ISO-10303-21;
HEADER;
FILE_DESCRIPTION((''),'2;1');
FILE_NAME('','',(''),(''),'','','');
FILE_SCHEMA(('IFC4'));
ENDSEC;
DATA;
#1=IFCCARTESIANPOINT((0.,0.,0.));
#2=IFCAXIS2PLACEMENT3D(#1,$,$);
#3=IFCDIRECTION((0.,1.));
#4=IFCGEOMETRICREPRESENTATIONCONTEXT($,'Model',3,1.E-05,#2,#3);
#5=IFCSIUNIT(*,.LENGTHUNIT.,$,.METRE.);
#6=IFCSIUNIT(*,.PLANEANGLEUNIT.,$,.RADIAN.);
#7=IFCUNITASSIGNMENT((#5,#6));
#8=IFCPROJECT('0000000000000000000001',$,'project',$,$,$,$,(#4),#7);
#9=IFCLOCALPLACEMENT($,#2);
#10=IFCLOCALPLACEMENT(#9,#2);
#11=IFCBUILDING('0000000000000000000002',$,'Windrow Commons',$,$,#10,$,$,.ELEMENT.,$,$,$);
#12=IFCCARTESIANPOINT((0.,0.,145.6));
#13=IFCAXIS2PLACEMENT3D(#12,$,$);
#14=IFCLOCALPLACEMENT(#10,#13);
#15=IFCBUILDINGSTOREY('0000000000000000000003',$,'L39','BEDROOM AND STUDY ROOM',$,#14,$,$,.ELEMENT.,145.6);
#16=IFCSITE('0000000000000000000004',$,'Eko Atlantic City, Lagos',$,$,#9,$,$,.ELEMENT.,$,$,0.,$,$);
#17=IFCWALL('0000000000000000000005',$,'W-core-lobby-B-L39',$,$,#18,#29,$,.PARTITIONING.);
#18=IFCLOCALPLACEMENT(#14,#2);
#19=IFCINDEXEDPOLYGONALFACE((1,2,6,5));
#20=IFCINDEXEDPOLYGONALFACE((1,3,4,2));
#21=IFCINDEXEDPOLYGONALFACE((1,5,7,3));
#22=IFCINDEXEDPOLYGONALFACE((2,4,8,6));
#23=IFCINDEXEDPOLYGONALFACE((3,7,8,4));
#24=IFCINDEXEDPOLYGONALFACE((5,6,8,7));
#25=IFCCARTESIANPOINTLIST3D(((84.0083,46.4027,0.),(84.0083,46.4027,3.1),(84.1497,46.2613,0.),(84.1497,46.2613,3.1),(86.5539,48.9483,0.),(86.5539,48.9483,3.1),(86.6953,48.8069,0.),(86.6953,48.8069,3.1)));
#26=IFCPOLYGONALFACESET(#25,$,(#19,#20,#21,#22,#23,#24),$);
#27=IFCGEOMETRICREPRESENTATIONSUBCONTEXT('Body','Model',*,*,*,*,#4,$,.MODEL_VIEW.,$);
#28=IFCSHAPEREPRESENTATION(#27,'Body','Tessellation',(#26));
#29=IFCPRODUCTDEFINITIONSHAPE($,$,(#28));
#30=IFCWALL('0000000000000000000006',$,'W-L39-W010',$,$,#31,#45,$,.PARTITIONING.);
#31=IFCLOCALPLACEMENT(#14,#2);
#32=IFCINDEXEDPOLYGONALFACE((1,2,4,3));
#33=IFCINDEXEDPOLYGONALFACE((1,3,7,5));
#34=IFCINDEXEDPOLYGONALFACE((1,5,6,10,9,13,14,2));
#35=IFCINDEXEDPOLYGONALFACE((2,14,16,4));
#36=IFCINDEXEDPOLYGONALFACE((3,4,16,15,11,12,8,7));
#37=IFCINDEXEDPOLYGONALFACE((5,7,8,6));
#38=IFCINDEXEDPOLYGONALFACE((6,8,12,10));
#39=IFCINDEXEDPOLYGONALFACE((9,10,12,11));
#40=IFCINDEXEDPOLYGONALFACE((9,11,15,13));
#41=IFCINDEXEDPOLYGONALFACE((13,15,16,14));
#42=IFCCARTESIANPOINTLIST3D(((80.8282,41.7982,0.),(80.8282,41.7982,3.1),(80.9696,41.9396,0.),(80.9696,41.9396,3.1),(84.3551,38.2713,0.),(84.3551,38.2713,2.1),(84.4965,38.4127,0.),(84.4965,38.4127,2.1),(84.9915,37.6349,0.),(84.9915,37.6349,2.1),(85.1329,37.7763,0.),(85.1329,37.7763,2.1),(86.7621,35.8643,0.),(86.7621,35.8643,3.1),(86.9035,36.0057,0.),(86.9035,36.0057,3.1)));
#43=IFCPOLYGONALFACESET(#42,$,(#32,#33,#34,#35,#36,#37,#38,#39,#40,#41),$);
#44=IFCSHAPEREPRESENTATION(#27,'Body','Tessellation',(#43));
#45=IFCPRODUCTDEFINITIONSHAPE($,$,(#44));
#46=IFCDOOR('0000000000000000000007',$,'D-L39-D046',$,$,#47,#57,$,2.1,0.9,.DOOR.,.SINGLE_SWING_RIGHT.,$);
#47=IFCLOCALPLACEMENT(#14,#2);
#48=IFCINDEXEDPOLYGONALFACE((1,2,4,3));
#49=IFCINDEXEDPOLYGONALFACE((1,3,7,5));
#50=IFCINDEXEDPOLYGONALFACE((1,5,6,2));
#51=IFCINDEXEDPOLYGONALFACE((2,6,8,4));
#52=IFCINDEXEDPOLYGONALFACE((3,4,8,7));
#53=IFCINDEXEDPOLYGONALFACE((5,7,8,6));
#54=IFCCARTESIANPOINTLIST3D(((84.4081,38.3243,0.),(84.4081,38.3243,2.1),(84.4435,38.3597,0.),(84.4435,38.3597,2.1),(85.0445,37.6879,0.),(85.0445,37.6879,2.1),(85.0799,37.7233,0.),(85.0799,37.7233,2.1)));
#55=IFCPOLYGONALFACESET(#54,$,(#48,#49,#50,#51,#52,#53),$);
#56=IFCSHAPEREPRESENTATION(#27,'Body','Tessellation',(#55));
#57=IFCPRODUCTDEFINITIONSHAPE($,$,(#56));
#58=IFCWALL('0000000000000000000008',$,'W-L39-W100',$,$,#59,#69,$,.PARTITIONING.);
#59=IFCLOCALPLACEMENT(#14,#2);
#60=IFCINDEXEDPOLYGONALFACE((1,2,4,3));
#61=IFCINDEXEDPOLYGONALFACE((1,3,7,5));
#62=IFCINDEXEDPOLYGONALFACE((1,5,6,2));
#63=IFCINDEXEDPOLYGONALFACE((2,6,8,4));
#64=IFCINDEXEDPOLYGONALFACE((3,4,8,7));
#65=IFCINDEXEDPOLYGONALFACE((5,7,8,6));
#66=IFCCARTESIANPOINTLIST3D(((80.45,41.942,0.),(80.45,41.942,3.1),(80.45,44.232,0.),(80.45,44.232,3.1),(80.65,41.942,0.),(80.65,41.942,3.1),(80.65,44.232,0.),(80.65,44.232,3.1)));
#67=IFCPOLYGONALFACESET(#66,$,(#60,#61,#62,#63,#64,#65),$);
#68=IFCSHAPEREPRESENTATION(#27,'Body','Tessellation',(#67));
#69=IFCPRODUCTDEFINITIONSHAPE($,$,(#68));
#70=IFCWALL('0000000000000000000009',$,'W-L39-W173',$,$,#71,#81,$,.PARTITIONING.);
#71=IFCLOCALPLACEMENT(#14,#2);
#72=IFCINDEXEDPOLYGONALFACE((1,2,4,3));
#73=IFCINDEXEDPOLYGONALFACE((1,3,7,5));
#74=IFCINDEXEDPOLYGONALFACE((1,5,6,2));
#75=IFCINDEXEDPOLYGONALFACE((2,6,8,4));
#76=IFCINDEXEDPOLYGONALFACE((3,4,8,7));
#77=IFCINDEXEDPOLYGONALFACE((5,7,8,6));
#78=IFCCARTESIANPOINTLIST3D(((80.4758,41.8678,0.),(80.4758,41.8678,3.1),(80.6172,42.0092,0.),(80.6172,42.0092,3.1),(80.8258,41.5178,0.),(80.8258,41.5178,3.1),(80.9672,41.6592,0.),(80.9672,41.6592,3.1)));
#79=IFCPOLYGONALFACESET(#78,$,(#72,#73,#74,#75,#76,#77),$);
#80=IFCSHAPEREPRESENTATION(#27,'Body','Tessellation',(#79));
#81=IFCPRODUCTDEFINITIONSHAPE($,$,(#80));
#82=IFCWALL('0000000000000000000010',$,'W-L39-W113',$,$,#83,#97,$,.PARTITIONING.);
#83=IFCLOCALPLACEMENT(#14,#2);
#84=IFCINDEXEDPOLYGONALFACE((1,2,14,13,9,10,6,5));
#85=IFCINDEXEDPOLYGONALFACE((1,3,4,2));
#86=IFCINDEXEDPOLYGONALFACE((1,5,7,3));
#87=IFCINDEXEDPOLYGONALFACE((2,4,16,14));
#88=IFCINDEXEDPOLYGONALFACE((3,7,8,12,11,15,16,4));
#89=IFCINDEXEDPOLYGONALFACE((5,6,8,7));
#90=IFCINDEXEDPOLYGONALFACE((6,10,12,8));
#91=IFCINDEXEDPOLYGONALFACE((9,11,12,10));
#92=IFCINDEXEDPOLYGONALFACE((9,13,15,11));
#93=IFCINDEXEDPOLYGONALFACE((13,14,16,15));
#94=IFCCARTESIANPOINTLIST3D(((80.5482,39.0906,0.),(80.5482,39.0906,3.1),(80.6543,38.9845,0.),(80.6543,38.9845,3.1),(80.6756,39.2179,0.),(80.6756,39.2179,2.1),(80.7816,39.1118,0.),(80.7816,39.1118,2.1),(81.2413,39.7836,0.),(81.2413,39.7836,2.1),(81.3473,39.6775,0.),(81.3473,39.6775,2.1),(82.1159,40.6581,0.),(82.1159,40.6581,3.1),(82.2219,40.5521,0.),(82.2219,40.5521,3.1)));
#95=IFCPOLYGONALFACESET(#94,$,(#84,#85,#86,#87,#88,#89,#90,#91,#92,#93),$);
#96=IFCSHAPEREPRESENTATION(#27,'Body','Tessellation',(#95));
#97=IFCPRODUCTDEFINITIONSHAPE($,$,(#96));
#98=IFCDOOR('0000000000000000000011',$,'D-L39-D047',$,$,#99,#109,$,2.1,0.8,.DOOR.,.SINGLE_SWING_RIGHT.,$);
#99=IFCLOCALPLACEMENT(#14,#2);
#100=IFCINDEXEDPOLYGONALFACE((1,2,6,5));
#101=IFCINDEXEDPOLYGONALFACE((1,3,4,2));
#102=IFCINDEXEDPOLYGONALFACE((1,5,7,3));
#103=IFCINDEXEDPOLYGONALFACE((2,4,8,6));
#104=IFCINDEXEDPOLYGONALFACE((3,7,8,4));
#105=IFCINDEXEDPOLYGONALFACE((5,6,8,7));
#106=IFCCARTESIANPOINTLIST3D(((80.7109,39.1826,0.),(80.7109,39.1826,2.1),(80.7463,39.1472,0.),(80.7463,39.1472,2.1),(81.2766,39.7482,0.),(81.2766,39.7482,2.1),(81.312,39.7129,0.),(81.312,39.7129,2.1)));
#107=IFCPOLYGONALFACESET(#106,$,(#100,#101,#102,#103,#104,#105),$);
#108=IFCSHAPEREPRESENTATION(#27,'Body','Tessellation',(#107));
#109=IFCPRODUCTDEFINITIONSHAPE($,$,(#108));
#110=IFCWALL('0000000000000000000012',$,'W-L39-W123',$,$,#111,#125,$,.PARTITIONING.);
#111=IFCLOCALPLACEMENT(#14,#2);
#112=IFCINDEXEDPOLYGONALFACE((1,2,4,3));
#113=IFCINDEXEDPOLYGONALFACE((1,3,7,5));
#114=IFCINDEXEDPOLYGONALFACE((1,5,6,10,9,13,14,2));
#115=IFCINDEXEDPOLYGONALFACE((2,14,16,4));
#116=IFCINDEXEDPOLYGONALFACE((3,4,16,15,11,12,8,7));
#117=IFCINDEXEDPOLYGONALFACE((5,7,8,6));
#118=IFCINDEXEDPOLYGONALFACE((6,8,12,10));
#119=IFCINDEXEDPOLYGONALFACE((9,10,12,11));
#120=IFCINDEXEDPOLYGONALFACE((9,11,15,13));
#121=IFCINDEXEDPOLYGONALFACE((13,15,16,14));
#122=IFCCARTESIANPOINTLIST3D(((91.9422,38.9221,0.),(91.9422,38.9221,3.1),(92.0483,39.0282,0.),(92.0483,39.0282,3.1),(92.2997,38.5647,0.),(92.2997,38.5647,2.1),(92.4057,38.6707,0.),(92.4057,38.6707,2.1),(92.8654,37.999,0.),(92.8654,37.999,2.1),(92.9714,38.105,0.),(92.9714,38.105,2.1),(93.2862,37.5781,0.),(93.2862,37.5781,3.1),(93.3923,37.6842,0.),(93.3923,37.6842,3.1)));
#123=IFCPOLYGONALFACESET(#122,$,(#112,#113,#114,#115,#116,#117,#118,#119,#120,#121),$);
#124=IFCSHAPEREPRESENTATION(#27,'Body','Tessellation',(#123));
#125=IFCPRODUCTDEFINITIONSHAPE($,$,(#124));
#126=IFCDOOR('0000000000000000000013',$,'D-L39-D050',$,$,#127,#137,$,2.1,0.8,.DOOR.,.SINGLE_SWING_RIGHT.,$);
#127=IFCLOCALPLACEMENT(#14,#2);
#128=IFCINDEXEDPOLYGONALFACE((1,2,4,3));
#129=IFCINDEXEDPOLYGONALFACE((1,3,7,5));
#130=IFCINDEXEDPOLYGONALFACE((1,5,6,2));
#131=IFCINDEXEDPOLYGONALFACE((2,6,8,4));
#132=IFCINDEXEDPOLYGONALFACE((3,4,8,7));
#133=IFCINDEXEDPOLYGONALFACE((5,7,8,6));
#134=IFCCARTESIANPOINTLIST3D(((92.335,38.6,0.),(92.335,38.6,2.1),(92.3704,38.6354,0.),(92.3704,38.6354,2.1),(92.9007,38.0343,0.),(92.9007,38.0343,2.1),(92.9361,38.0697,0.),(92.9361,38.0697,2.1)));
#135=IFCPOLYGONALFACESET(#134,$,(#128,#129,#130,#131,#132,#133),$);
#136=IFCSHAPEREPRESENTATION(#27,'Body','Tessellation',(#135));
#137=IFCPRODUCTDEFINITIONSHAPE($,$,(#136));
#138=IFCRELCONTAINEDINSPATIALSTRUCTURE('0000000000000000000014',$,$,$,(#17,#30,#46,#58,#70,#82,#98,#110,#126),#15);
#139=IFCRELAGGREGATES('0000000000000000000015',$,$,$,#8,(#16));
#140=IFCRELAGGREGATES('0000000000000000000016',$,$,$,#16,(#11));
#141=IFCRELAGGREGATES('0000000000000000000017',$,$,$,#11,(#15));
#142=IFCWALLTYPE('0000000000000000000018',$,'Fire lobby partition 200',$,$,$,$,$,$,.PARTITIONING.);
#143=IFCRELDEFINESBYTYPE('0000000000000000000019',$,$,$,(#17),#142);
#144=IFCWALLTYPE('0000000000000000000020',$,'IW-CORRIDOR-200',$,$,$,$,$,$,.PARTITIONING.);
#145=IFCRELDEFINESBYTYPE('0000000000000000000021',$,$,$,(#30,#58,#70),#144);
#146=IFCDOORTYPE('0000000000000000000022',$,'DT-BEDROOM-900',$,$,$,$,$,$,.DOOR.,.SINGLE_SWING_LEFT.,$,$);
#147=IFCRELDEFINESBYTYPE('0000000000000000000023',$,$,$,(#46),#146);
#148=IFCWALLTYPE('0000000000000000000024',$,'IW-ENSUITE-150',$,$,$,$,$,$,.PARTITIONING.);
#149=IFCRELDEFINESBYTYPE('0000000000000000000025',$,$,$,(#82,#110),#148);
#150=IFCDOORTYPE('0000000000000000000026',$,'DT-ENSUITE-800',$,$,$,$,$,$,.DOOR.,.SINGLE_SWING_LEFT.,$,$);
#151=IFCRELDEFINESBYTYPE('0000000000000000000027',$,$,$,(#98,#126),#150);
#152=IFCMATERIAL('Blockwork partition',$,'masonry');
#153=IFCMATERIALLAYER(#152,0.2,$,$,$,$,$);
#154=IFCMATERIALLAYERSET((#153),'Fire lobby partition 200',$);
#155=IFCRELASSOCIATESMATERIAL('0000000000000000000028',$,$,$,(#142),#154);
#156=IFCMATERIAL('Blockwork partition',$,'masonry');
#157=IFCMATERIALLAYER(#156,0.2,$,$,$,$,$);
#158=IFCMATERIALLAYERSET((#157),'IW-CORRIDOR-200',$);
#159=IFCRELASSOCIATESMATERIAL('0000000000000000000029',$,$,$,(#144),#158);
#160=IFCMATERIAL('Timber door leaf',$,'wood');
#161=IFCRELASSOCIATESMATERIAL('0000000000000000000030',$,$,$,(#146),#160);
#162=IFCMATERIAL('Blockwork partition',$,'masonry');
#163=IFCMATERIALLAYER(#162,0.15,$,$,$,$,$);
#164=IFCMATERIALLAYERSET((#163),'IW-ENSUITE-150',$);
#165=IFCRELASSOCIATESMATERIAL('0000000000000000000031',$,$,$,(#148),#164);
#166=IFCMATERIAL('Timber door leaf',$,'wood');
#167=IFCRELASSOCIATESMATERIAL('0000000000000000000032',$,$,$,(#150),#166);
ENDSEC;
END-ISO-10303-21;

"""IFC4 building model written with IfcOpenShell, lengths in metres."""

from ifc_helpers import new_model, si_unit, direction, frame, frame_2d, origin, place, context, subcontext, project, spatial, rectangle, extrude, material, layer, layer_set, type_object, element, fill, save


model = new_model("IFC4")

# Units and contexts
model_context = context("Model", 3, precision=1e-05, world=origin(), true_north=direction((0.0, 1.0)))
body_context = subcontext(model_context, "Body", "Model", "MODEL_VIEW")
ifc_project = project(units=[si_unit("LENGTHUNIT", "METRE"), si_unit("PLANEANGLEUNIT", "RADIAN")], contexts=[model_context])

# Site, building, storey
site_placement = place(None, origin())
site = spatial("IfcSite", under=ifc_project, at=site_placement, Name="Eko Atlantic City, Lagos", CompositionType="ELEMENT", RefElevation=0.0)
building_placement = place(site_placement, origin())
building = spatial("IfcBuilding", under=site, at=building_placement, Name="Windrow Commons", CompositionType="ELEMENT")
storey_placement = place(building_placement, frame((0.0, 0.0, 145.6)))
storey = spatial("IfcBuildingStorey", under=building, at=storey_placement, Name="L39", Description="BEDROOM AND STUDY ROOM", CompositionType="ELEMENT", Elevation=145.6)

# Wall
ifc_material_1 = material(Name="Blockwork partition", Category="masonry")
ifc_layer_1 = layer(ifc_material_1, 0.2)
ifc_layer_set_1 = layer_set([ifc_layer_1], Name="Fire lobby partition 200")
wall_type_1 = type_object("IfcWallType", Name="Fire lobby partition 200", PredefinedType="PARTITIONING", material=ifc_layer_set_1)
wall_1_placement = place(storey_placement, frame((84.079, 46.332, 0.0), z_axis=(0.0, 0.0, 1.0), x_axis=(0.707107, 0.707107, 0.0)))
element("IfcWall", 1, at=wall_1_placement, inside=storey, type_object=wall_type_1, Name="W-core-lobby-B-L39", PredefinedType="PARTITIONING", context=body_context, shape_type="SweptSolid", body=[
    extrude(rectangle(XDim=3.6, YDim=0.2, at=frame_2d((1.8, 0.0))), origin(), (0.0, 0.0, 1.0), 3.1),
])

# Wall, opening, door
ifc_material_2 = material(Name="Blockwork partition", Category="masonry")
ifc_layer_2 = layer(ifc_material_2, 0.2)
ifc_layer_set_2 = layer_set([ifc_layer_2], Name="IW-CORRIDOR-200")
wall_type_2 = type_object("IfcWallType", Name="IW-CORRIDOR-200", PredefinedType="PARTITIONING", material=ifc_layer_set_2)
wall_2_placement = place(storey_placement, frame((80.8989, 41.8689, 0.0), z_axis=(0.0, 0.0, 1.0), x_axis=(0.707107, -0.707107, 0.0)))
wall_2 = element("IfcWall", 2, at=wall_2_placement, inside=storey, type_object=wall_type_2, Name="W-L39-W010", PredefinedType="PARTITIONING", context=body_context, shape_type="SweptSolid", body=[
    extrude(rectangle(XDim=8.3919, YDim=0.2, at=frame_2d((4.1959, 0.0))), origin(), (0.0, 0.0, 1.0), 3.1),
])
opening_1_placement = place(wall_2_placement, frame((4.9878, 0.0, 0.0)))
opening_1 = element("IfcOpeningElement", 3, at=opening_1_placement, cuts=wall_2, PredefinedType="OPENING", context=body_context, shape_type="SweptSolid", body=[
    extrude(rectangle(XDim=0.9, YDim=2.1, at=frame_2d((0.45, 1.05))), frame((0.0, 0.11, 0.0), z_axis=(0.0, -1.0, 0.0), x_axis=(1.0, 0.0, 0.0)), (0.0, 0.0, 1.0), 0.22),
])
ifc_material_3 = material(Name="Timber door leaf", Category="wood")
door_type_1 = type_object("IfcDoorType", Name="DT-BEDROOM-900", OperationType="SINGLE_SWING_LEFT", PredefinedType="DOOR", material=ifc_material_3)
door_1_placement = place(opening_1_placement, origin())
door_1 = element("IfcDoor", 4, at=door_1_placement, inside=storey, type_object=door_type_1, Name="D-L39-D046", OperationType="SINGLE_SWING_RIGHT", OverallHeight=2.1, OverallWidth=0.9, PredefinedType="DOOR", context=body_context, shape_type="SweptSolid", body=[
    extrude(rectangle(XDim=0.9, YDim=2.1, at=frame_2d((0.45, 1.05))), frame((0.0, 0.025, 0.0), z_axis=(0.0, -1.0, 0.0), x_axis=(1.0, 0.0, 0.0)), (0.0, 0.0, 1.0), 0.05),
])
fill(opening_1, door_1)

# Walls
wall_3_placement = place(storey_placement, frame((80.55, 41.942, 0.0), z_axis=(0.0, 0.0, 1.0), x_axis=(0.0, 1.0, 0.0)))
element("IfcWall", 5, at=wall_3_placement, inside=storey, type_object=wall_type_2, Name="W-L39-W100", PredefinedType="PARTITIONING", context=body_context, shape_type="SweptSolid", body=[
    extrude(rectangle(XDim=2.29, YDim=0.2, at=frame_2d((1.145, 0.0))), origin(), (0.0, 0.0, 1.0), 3.1),
])
wall_4_placement = place(storey_placement, frame((80.5465, 41.9385, 0.0), z_axis=(0.0, 0.0, 1.0), x_axis=(0.707107, -0.707107, 0.0)))
element("IfcWall", 6, at=wall_4_placement, inside=storey, type_object=wall_type_2, Name="W-L39-W173", PredefinedType="PARTITIONING", context=body_context, shape_type="SweptSolid", body=[
    extrude(rectangle(XDim=0.495, YDim=0.2, at=frame_2d((0.2475, 0.0))), origin(), (0.0, 0.0, 1.0), 3.1),
])

# Walls, openings, doors
ifc_material_4 = material(Name="Blockwork partition", Category="masonry")
ifc_layer_3 = layer(ifc_material_4, 0.15)
ifc_layer_set_3 = layer_set([ifc_layer_3], Name="IW-ENSUITE-150")
wall_type_3 = type_object("IfcWallType", Name="IW-ENSUITE-150", PredefinedType="PARTITIONING", material=ifc_layer_set_3)
wall_5_placement = place(storey_placement, frame((80.6013, 39.0376, 0.0), z_axis=(0.0, 0.0, 1.0), x_axis=(0.707129, 0.707084, 0.0)))
wall_5 = element("IfcWall", 7, at=wall_5_placement, inside=storey, type_object=wall_type_3, Name="W-L39-W113", PredefinedType="PARTITIONING", context=body_context, shape_type="SweptSolid", body=[
    extrude(rectangle(XDim=2.2169, YDim=0.15, at=frame_2d((1.1084, 0.0))), origin(), (0.0, 0.0, 1.0), 3.1),
])
opening_2_placement = place(wall_5_placement, frame((0.18, 0.0, 0.0)))
opening_2 = element("IfcOpeningElement", 8, at=opening_2_placement, cuts=wall_5, PredefinedType="OPENING", context=body_context, shape_type="SweptSolid", body=[
    extrude(rectangle(XDim=0.8, YDim=2.1, at=frame_2d((0.4, 1.05))), frame((0.0, 0.085, 0.0), z_axis=(0.0, -1.0, 0.0), x_axis=(1.0, 0.0, 0.0)), (0.0, 0.0, 1.0), 0.17),
])
ifc_material_5 = material(Name="Timber door leaf", Category="wood")
door_type_2 = type_object("IfcDoorType", Name="DT-ENSUITE-800", OperationType="SINGLE_SWING_LEFT", PredefinedType="DOOR", material=ifc_material_5)
door_2_placement = place(opening_2_placement, origin())
door_2 = element("IfcDoor", 9, at=door_2_placement, inside=storey, type_object=door_type_2, Name="D-L39-D047", OperationType="SINGLE_SWING_RIGHT", OverallHeight=2.1, OverallWidth=0.8, PredefinedType="DOOR", context=body_context, shape_type="SweptSolid", body=[
    extrude(rectangle(XDim=0.8, YDim=2.1, at=frame_2d((0.4, 1.05))), frame((0.0, 0.025, 0.0), z_axis=(0.0, -1.0, 0.0), x_axis=(1.0, 0.0, 0.0)), (0.0, 0.0, 1.0), 0.05),
])
fill(opening_2, door_2)
wall_6_placement = place(storey_placement, frame((91.9952, 38.9752, 0.0), z_axis=(0.0, 0.0, 1.0), x_axis=(0.707107, -0.707107, 0.0)))
wall_6 = element("IfcWall", 10, at=wall_6_placement, inside=storey, type_object=wall_type_3, Name="W-L39-W123", PredefinedType="PARTITIONING", context=body_context, shape_type="SweptSolid", body=[
    extrude(rectangle(XDim=1.9007, YDim=0.15, at=frame_2d((0.9504, 0.0))), origin(), (0.0, 0.0, 1.0), 3.1),
])
opening_3_placement = place(wall_6_placement, frame((0.5056, 0.0, 0.0)))
opening_3 = element("IfcOpeningElement", 11, at=opening_3_placement, cuts=wall_6, PredefinedType="OPENING", context=body_context, shape_type="SweptSolid", body=[
    extrude(rectangle(XDim=0.8, YDim=2.1, at=frame_2d((0.4, 1.05))), frame((0.0, 0.085, 0.0), z_axis=(0.0, -1.0, 0.0), x_axis=(1.0, 0.0, 0.0)), (0.0, 0.0, 1.0), 0.17),
])
door_3_placement = place(opening_3_placement, origin())
door_3 = element("IfcDoor", 12, at=door_3_placement, inside=storey, type_object=door_type_2, Name="D-L39-D050", OperationType="SINGLE_SWING_RIGHT", OverallHeight=2.1, OverallWidth=0.8, PredefinedType="DOOR", context=body_context, shape_type="SweptSolid", body=[
    extrude(rectangle(XDim=0.8, YDim=2.1, at=frame_2d((0.4, 1.05))), frame((0.0, 0.025, 0.0), z_axis=(0.0, -1.0, 0.0), x_axis=(1.0, 0.0, 0.0)), (0.0, 0.0, 1.0), 0.05),
])
fill(opening_3, door_3)

save(model, "model.ifc")
